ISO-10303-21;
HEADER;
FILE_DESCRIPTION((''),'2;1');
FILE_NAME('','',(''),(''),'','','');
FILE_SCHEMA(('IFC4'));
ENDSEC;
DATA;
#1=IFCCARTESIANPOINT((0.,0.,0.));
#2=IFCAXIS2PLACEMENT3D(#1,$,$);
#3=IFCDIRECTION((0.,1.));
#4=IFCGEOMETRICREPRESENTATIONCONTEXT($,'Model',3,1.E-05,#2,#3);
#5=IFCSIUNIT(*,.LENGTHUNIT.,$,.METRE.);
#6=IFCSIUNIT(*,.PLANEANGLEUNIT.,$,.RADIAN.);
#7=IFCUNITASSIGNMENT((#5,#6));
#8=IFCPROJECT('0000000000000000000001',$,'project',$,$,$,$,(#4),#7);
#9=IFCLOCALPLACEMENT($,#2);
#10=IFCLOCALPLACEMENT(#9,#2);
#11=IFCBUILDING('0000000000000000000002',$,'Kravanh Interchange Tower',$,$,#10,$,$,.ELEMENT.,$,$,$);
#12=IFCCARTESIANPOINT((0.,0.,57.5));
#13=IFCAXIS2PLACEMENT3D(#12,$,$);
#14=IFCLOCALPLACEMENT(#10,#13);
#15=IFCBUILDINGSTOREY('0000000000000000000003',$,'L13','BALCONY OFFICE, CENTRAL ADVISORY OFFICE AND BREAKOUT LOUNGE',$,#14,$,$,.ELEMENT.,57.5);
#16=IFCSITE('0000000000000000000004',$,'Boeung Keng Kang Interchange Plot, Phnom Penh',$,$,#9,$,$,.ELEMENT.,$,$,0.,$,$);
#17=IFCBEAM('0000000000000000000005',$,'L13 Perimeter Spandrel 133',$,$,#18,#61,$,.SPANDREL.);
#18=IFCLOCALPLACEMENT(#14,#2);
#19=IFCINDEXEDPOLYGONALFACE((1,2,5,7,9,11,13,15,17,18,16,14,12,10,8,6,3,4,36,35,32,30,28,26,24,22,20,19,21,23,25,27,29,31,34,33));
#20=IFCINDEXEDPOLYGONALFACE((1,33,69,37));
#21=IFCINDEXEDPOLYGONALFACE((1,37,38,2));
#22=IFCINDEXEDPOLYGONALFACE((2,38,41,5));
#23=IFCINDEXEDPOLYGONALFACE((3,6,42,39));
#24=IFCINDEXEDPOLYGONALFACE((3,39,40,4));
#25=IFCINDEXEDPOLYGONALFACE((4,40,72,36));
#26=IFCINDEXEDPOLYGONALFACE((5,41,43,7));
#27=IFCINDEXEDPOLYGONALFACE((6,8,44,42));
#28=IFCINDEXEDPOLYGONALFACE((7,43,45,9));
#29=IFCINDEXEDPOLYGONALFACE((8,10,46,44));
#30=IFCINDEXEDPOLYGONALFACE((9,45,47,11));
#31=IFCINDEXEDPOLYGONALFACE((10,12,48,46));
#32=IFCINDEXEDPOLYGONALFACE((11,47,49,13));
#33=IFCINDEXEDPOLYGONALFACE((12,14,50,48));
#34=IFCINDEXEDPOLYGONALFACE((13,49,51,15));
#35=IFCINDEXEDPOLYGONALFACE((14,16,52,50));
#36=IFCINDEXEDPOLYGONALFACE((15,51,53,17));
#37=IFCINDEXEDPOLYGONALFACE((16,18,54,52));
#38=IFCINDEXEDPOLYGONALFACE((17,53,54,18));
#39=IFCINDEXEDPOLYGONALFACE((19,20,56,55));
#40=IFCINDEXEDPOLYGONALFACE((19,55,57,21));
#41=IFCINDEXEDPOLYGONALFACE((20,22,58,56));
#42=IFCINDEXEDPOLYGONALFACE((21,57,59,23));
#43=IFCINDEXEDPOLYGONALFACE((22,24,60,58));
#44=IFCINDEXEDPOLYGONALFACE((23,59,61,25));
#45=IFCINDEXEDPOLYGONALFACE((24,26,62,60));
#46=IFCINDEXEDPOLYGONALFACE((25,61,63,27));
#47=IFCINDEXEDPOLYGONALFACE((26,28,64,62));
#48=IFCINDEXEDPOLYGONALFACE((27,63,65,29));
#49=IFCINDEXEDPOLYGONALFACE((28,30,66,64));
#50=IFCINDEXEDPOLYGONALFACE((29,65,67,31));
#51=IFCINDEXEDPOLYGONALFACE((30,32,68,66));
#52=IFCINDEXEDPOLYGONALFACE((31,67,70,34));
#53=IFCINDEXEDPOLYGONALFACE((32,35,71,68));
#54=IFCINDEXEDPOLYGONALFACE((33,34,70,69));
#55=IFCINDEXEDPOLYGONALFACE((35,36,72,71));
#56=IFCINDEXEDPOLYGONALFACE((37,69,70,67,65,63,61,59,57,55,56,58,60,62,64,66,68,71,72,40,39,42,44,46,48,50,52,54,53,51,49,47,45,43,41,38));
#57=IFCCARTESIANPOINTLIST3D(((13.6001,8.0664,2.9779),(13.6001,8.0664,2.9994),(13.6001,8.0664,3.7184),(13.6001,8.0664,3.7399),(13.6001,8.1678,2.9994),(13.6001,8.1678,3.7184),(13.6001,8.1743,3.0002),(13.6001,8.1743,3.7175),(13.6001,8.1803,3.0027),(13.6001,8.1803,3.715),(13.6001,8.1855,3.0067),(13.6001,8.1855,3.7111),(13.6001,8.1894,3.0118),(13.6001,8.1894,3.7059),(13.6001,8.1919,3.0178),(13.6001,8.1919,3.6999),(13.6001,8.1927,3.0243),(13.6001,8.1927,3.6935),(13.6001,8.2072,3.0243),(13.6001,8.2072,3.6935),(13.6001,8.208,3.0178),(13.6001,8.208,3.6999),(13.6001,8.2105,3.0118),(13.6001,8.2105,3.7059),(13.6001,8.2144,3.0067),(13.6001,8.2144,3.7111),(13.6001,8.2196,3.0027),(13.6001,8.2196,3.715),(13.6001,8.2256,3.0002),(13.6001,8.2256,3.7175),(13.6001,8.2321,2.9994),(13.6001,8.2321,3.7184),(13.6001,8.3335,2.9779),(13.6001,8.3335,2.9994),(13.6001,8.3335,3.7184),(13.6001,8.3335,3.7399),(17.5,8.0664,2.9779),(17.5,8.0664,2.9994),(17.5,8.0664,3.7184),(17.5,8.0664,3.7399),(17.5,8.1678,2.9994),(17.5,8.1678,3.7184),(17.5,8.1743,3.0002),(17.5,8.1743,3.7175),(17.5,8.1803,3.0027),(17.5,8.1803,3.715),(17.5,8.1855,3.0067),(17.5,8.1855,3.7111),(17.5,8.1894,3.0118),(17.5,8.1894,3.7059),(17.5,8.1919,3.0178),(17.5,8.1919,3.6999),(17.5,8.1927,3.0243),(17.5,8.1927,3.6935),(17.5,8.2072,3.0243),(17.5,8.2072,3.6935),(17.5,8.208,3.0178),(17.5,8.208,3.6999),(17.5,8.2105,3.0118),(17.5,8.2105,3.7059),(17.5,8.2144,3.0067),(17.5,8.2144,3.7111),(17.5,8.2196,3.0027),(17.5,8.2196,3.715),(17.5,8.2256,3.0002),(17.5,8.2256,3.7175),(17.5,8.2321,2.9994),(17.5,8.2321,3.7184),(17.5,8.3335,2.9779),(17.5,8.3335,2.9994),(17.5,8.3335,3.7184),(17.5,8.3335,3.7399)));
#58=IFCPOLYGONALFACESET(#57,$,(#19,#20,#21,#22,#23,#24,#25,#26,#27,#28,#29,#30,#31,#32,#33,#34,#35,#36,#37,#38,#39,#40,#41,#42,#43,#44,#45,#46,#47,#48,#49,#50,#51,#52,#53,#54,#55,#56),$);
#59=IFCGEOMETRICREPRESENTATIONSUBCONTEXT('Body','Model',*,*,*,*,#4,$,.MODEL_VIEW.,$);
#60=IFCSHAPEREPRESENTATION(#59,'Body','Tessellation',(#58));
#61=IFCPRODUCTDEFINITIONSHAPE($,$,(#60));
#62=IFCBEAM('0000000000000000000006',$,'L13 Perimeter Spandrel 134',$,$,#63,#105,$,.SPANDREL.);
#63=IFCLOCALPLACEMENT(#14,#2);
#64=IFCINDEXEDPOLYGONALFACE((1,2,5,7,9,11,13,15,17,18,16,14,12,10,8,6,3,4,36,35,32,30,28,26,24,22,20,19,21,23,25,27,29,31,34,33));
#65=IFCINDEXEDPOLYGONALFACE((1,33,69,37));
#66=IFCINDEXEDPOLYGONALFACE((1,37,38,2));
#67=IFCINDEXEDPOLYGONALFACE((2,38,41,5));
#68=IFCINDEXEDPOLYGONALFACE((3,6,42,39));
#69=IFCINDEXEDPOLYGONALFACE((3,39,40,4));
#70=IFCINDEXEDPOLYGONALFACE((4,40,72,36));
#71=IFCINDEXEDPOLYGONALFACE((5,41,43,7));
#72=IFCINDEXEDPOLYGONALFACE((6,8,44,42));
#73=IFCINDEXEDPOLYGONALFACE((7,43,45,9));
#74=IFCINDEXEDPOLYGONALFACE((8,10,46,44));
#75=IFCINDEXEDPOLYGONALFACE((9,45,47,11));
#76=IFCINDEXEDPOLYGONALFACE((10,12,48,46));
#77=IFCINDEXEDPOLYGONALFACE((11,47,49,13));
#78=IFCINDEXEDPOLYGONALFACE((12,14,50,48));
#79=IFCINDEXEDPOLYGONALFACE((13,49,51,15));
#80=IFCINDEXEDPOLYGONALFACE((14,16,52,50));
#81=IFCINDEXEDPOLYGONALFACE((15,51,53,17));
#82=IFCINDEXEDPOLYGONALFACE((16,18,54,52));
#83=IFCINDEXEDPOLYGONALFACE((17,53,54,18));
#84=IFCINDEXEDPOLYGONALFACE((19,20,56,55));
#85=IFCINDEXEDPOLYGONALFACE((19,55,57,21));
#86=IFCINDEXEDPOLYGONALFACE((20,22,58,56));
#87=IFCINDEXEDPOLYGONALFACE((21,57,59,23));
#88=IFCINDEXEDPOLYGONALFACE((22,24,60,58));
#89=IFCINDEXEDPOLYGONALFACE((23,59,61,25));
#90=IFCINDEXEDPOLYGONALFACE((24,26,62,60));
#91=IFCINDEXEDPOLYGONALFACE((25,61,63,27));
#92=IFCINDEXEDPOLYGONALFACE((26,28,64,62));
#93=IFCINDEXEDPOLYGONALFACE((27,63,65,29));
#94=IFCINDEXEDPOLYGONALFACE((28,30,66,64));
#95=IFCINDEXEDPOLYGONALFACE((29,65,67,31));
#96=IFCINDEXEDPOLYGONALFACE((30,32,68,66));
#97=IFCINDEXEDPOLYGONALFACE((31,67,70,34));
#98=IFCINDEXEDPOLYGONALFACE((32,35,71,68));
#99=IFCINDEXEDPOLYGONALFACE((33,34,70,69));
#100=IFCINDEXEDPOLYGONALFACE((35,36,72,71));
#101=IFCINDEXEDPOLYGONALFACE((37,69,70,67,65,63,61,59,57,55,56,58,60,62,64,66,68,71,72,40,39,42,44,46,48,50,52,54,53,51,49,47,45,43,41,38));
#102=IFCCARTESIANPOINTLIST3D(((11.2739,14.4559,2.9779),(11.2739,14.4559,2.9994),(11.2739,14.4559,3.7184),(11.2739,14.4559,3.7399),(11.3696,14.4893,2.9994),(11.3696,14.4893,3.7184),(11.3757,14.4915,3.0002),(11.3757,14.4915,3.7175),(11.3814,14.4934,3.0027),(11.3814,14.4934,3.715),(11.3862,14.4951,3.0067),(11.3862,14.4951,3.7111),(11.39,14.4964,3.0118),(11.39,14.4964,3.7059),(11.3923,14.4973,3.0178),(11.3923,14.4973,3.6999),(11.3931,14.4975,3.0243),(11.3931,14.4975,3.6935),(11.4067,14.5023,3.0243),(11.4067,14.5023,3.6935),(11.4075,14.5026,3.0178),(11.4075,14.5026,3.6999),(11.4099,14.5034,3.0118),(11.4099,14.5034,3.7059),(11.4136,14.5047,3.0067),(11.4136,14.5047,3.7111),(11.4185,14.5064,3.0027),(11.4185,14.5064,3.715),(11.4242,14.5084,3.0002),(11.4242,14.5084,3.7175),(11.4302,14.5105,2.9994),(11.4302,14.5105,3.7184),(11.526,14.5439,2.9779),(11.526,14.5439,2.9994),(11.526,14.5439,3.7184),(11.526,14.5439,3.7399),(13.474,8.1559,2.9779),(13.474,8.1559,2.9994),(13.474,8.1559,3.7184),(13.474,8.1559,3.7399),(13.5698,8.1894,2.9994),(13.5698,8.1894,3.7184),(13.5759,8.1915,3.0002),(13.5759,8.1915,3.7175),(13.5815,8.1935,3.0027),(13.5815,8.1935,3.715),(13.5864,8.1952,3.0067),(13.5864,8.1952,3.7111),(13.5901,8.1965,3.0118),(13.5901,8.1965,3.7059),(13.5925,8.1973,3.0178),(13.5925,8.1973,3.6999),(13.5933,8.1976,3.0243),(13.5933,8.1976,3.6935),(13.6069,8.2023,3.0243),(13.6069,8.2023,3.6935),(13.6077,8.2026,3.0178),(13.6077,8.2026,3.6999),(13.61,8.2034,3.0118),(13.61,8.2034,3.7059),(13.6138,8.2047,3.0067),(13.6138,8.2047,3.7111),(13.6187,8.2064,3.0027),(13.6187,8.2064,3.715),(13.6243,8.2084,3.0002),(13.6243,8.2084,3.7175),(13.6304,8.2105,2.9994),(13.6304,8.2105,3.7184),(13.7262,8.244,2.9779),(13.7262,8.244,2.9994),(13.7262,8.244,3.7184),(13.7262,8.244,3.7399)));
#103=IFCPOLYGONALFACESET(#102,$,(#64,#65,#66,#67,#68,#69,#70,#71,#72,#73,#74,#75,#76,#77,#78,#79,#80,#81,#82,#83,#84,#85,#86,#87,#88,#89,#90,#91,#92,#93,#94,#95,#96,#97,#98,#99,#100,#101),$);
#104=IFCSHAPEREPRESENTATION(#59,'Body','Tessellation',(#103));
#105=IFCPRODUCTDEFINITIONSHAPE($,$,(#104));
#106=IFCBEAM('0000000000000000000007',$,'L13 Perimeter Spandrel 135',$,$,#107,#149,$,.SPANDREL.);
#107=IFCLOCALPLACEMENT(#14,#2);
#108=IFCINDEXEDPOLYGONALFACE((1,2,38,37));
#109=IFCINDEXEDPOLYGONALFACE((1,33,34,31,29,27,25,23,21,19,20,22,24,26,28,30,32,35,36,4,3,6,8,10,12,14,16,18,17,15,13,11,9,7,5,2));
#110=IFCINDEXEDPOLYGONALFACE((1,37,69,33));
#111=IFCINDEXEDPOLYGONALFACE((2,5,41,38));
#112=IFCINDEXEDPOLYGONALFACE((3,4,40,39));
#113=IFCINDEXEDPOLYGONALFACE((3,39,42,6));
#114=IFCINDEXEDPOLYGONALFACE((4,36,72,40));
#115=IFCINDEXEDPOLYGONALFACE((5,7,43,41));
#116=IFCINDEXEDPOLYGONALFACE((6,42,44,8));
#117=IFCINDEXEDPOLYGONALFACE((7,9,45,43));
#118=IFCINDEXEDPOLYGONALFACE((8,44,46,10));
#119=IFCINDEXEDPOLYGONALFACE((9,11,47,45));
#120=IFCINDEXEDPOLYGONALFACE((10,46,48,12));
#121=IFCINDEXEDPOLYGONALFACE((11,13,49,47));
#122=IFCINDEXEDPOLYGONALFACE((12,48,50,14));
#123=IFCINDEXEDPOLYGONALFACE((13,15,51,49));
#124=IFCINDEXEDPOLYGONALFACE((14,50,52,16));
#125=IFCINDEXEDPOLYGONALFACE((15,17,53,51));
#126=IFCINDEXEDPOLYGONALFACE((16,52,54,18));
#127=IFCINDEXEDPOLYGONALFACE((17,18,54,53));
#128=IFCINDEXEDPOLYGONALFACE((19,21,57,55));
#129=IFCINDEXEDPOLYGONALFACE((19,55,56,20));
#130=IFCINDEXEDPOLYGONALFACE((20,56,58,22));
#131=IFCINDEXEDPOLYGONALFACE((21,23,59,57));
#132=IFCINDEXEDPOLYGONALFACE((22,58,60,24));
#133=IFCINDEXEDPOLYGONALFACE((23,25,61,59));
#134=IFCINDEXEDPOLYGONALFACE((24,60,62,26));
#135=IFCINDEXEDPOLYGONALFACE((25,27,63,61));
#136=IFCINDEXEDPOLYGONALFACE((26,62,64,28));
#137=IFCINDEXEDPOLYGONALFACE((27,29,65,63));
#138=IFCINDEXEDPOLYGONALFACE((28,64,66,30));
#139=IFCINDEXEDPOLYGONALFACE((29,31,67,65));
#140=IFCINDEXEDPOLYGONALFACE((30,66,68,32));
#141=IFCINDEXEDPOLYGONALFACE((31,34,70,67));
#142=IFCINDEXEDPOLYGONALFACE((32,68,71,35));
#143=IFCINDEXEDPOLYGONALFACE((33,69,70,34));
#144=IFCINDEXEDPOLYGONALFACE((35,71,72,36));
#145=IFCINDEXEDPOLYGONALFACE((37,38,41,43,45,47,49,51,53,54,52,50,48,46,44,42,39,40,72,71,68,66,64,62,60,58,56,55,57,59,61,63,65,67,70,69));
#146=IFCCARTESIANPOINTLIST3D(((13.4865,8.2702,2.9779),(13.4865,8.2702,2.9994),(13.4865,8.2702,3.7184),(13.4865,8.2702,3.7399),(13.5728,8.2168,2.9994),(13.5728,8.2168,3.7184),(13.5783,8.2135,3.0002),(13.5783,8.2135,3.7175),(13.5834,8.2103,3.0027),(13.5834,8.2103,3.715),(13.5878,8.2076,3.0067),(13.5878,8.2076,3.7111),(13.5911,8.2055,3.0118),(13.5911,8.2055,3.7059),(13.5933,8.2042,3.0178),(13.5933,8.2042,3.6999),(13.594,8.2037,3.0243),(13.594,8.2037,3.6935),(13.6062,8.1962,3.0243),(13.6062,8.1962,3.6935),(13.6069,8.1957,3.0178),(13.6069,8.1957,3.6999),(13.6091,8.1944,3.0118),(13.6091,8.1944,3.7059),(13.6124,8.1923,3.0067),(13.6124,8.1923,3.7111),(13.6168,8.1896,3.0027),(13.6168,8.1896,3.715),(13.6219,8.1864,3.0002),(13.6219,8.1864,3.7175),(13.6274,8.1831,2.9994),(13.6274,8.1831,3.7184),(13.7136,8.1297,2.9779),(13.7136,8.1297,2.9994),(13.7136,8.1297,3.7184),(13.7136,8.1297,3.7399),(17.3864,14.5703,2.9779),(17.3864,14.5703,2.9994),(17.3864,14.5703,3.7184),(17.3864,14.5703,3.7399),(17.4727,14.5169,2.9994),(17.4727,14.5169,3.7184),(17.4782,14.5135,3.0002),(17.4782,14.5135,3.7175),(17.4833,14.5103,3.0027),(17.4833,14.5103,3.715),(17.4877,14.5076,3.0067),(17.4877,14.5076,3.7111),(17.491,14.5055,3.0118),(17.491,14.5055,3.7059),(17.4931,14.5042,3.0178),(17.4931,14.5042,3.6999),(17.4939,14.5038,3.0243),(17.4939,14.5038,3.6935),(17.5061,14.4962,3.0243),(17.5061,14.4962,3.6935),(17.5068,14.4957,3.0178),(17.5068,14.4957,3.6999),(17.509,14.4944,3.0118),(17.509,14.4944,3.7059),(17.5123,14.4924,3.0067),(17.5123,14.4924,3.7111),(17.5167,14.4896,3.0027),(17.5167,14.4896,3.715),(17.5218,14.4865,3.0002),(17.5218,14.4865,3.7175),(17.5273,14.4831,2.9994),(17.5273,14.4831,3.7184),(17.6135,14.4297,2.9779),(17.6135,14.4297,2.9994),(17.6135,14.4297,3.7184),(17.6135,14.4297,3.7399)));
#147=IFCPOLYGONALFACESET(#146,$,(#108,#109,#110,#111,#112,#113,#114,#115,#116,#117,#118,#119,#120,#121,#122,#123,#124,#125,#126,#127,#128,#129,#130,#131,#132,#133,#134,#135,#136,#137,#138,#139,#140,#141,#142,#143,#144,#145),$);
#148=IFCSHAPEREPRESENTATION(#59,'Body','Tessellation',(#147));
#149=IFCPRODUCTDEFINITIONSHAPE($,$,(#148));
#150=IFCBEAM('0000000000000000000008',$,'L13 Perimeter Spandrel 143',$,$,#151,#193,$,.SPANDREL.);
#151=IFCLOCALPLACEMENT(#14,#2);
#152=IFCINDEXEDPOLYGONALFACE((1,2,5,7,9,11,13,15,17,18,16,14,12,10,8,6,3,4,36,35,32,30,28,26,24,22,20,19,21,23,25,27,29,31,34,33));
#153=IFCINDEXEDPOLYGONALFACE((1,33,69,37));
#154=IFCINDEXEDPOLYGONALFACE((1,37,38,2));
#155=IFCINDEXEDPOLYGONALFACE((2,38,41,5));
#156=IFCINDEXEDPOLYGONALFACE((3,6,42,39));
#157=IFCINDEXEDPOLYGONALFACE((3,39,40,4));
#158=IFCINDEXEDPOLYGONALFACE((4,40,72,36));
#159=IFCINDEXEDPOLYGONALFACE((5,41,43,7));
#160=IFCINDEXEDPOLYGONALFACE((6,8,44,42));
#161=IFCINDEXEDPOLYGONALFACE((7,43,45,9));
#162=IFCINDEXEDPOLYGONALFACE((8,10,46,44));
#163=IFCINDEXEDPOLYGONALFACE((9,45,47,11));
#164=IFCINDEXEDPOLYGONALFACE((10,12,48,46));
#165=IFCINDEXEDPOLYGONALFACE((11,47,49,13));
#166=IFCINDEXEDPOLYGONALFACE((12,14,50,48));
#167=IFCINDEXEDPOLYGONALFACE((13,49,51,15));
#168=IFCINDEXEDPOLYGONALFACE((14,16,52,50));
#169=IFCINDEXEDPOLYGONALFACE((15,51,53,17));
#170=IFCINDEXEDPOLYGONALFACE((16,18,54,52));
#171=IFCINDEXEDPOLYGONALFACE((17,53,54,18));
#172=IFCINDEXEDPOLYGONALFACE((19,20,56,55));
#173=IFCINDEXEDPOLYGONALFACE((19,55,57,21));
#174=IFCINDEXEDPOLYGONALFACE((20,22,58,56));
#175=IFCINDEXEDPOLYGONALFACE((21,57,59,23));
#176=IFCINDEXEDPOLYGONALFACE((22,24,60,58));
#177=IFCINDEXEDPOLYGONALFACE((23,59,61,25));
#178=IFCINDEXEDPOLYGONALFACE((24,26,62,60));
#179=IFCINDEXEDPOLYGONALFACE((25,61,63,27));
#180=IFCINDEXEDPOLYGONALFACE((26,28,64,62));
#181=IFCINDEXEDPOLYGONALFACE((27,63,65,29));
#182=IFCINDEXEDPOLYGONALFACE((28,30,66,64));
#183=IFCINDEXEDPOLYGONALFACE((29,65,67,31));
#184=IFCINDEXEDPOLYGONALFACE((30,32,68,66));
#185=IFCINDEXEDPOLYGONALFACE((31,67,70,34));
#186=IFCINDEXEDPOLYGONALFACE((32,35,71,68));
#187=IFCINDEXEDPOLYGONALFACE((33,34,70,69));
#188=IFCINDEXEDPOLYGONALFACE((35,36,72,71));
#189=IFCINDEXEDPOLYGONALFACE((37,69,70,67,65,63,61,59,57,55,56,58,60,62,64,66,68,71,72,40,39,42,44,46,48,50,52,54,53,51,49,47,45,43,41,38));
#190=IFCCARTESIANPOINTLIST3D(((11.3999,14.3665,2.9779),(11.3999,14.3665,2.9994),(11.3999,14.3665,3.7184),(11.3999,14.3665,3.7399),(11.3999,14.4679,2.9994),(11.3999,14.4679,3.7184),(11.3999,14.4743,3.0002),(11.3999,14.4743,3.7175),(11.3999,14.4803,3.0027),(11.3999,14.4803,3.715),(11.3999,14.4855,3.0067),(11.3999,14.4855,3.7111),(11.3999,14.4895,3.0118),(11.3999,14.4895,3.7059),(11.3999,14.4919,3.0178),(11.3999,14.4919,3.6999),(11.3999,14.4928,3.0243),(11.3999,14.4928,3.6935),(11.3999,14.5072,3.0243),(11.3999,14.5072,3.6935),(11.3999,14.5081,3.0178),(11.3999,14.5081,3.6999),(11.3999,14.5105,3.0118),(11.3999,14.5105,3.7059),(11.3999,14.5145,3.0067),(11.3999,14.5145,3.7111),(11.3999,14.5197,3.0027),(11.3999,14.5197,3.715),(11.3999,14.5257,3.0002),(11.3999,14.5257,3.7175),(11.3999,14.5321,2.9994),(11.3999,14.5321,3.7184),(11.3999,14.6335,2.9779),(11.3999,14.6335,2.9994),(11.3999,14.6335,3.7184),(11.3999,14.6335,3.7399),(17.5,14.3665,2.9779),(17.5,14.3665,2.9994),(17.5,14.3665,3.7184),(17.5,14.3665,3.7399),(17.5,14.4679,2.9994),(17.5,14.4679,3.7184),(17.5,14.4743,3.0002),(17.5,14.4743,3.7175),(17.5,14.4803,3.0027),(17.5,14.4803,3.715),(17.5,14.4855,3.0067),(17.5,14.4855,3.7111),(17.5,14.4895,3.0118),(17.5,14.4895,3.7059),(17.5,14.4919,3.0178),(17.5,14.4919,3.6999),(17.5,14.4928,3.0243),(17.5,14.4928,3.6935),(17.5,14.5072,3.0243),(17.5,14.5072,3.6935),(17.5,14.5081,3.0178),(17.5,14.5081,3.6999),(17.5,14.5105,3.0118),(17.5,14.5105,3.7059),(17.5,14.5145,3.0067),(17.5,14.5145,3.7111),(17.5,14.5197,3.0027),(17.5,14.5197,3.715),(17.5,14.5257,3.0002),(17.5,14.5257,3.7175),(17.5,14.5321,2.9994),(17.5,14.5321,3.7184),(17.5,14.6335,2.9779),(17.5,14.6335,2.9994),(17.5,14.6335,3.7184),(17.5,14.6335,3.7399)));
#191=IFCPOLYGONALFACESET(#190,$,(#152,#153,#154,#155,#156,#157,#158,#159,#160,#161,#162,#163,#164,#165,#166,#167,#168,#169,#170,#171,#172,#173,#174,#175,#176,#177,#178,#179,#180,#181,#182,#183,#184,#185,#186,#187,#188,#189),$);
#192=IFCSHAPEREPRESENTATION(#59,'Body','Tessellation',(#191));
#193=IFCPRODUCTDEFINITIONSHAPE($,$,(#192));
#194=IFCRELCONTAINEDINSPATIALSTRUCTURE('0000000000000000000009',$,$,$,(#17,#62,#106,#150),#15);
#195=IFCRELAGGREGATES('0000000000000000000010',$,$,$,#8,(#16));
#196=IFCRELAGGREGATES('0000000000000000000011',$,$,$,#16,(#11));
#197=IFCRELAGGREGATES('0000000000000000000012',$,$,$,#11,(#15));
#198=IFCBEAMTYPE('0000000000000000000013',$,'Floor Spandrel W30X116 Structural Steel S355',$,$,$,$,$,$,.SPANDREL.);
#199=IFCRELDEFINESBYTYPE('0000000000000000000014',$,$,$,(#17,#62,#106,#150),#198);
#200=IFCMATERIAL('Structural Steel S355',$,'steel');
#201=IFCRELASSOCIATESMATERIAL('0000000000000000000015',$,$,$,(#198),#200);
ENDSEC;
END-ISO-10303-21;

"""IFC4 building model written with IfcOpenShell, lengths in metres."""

from ifc_helpers import new_model, si_unit, direction, frame, origin, origin_2d, place, context, subcontext, project, spatial, i_section, extrude, material, material_profile, profile_set, type_object, element, save


model = new_model("IFC4")

# Units and contexts
model_context = context("Model", 3, precision=1e-05, world=origin(), true_north=direction((0.0, 1.0)))
body_context = subcontext(model_context, "Body", "Model", "MODEL_VIEW")
ifc_project = project(units=[si_unit("LENGTHUNIT", "METRE"), si_unit("PLANEANGLEUNIT", "RADIAN")], contexts=[model_context])

# Site, building, storey
site_placement = place(None, origin())
site = spatial("IfcSite", under=ifc_project, at=site_placement, Name="Boeung Keng Kang Interchange Plot, Phnom Penh", CompositionType="ELEMENT", RefElevation=0.0)
building_placement = place(site_placement, origin())
building = spatial("IfcBuilding", under=site, at=building_placement, Name="Kravanh Interchange Tower", CompositionType="ELEMENT")
storey_placement = place(building_placement, frame((0.0, 0.0, 57.5)))
storey = spatial("IfcBuildingStorey", under=building, at=storey_placement, Name="L13", Description="BALCONY OFFICE, CENTRAL ADVISORY OFFICE AND BREAKOUT LOUNGE", CompositionType="ELEMENT", Elevation=57.5)

# Beams
ifc_material_1 = material(Name="Structural Steel S355", Category="steel")
ifc_material_profile_1 = material_profile(ifc_material_1, i_section(OverallWidth=0.2671, OverallDepth=0.762, WebThickness=0.0144, FlangeThickness=0.0215, FilletRadius=0.0249, at=origin_2d()), Name="W30X116")
ifc_profile_set_1 = profile_set([ifc_material_profile_1], Name="Structural Steel S355")
beam_type_1 = type_object("IfcBeamType", Name="Floor Spandrel W30X116 Structural Steel S355", PredefinedType="SPANDREL", material=ifc_profile_set_1)
beam_1_placement = place(storey_placement, frame((13.6001, 8.2, 3.3589), z_axis=(1.0, 0.0, 0.0), x_axis=(0.0, 1.0, 0.0)))
element("IfcBeam", 1, at=beam_1_placement, inside=storey, type_object=beam_type_1, Name="L13 Perimeter Spandrel 133", PredefinedType="SPANDREL", context=body_context, shape_type="SweptSolid", body=[
    extrude(i_section(OverallWidth=0.2671, OverallDepth=0.762, WebThickness=0.0144, FlangeThickness=0.0215, FilletRadius=0.0249, at=origin_2d()), origin(), (0.0, 0.0, 1.0), 3.8999),
])
beam_2_placement = place(storey_placement, frame((13.6001, 8.2, 3.3589), z_axis=(-0.329707, 0.944083, 0.0), x_axis=(-0.944083, -0.329707, 0.0)))
element("IfcBeam", 2, at=beam_2_placement, inside=storey, type_object=beam_type_1, Name="L13 Perimeter Spandrel 134", PredefinedType="SPANDREL", context=body_context, shape_type="SweptSolid", body=[
    extrude(i_section(OverallWidth=0.2671, OverallDepth=0.762, WebThickness=0.0144, FlangeThickness=0.0215, FilletRadius=0.0249, at=origin_2d()), origin(), (0.0, 0.0, 1.0), 6.6731),
])
beam_3_placement = place(storey_placement, frame((13.6001, 8.2, 3.3589), z_axis=(0.526342, 0.850273, 0.0), x_axis=(-0.850273, 0.526342, 0.0)))
element("IfcBeam", 3, at=beam_3_placement, inside=storey, type_object=beam_type_1, Name="L13 Perimeter Spandrel 135", PredefinedType="SPANDREL", context=body_context, shape_type="SweptSolid", body=[
    extrude(i_section(OverallWidth=0.2671, OverallDepth=0.762, WebThickness=0.0144, FlangeThickness=0.0215, FilletRadius=0.0249, at=origin_2d()), origin(), (0.0, 0.0, 1.0), 7.4094),
])
beam_4_placement = place(storey_placement, frame((11.3999, 14.5, 3.3589), z_axis=(1.0, 0.0, 0.0), x_axis=(0.0, 1.0, 0.0)))
element("IfcBeam", 4, at=beam_4_placement, inside=storey, type_object=beam_type_1, Name="L13 Perimeter Spandrel 143", PredefinedType="SPANDREL", context=body_context, shape_type="SweptSolid", body=[
    extrude(i_section(OverallWidth=0.2671, OverallDepth=0.762, WebThickness=0.0144, FlangeThickness=0.0215, FilletRadius=0.0249, at=origin_2d()), origin(), (0.0, 0.0, 1.0), 6.1001),
])

save(model, "model.ifc")
